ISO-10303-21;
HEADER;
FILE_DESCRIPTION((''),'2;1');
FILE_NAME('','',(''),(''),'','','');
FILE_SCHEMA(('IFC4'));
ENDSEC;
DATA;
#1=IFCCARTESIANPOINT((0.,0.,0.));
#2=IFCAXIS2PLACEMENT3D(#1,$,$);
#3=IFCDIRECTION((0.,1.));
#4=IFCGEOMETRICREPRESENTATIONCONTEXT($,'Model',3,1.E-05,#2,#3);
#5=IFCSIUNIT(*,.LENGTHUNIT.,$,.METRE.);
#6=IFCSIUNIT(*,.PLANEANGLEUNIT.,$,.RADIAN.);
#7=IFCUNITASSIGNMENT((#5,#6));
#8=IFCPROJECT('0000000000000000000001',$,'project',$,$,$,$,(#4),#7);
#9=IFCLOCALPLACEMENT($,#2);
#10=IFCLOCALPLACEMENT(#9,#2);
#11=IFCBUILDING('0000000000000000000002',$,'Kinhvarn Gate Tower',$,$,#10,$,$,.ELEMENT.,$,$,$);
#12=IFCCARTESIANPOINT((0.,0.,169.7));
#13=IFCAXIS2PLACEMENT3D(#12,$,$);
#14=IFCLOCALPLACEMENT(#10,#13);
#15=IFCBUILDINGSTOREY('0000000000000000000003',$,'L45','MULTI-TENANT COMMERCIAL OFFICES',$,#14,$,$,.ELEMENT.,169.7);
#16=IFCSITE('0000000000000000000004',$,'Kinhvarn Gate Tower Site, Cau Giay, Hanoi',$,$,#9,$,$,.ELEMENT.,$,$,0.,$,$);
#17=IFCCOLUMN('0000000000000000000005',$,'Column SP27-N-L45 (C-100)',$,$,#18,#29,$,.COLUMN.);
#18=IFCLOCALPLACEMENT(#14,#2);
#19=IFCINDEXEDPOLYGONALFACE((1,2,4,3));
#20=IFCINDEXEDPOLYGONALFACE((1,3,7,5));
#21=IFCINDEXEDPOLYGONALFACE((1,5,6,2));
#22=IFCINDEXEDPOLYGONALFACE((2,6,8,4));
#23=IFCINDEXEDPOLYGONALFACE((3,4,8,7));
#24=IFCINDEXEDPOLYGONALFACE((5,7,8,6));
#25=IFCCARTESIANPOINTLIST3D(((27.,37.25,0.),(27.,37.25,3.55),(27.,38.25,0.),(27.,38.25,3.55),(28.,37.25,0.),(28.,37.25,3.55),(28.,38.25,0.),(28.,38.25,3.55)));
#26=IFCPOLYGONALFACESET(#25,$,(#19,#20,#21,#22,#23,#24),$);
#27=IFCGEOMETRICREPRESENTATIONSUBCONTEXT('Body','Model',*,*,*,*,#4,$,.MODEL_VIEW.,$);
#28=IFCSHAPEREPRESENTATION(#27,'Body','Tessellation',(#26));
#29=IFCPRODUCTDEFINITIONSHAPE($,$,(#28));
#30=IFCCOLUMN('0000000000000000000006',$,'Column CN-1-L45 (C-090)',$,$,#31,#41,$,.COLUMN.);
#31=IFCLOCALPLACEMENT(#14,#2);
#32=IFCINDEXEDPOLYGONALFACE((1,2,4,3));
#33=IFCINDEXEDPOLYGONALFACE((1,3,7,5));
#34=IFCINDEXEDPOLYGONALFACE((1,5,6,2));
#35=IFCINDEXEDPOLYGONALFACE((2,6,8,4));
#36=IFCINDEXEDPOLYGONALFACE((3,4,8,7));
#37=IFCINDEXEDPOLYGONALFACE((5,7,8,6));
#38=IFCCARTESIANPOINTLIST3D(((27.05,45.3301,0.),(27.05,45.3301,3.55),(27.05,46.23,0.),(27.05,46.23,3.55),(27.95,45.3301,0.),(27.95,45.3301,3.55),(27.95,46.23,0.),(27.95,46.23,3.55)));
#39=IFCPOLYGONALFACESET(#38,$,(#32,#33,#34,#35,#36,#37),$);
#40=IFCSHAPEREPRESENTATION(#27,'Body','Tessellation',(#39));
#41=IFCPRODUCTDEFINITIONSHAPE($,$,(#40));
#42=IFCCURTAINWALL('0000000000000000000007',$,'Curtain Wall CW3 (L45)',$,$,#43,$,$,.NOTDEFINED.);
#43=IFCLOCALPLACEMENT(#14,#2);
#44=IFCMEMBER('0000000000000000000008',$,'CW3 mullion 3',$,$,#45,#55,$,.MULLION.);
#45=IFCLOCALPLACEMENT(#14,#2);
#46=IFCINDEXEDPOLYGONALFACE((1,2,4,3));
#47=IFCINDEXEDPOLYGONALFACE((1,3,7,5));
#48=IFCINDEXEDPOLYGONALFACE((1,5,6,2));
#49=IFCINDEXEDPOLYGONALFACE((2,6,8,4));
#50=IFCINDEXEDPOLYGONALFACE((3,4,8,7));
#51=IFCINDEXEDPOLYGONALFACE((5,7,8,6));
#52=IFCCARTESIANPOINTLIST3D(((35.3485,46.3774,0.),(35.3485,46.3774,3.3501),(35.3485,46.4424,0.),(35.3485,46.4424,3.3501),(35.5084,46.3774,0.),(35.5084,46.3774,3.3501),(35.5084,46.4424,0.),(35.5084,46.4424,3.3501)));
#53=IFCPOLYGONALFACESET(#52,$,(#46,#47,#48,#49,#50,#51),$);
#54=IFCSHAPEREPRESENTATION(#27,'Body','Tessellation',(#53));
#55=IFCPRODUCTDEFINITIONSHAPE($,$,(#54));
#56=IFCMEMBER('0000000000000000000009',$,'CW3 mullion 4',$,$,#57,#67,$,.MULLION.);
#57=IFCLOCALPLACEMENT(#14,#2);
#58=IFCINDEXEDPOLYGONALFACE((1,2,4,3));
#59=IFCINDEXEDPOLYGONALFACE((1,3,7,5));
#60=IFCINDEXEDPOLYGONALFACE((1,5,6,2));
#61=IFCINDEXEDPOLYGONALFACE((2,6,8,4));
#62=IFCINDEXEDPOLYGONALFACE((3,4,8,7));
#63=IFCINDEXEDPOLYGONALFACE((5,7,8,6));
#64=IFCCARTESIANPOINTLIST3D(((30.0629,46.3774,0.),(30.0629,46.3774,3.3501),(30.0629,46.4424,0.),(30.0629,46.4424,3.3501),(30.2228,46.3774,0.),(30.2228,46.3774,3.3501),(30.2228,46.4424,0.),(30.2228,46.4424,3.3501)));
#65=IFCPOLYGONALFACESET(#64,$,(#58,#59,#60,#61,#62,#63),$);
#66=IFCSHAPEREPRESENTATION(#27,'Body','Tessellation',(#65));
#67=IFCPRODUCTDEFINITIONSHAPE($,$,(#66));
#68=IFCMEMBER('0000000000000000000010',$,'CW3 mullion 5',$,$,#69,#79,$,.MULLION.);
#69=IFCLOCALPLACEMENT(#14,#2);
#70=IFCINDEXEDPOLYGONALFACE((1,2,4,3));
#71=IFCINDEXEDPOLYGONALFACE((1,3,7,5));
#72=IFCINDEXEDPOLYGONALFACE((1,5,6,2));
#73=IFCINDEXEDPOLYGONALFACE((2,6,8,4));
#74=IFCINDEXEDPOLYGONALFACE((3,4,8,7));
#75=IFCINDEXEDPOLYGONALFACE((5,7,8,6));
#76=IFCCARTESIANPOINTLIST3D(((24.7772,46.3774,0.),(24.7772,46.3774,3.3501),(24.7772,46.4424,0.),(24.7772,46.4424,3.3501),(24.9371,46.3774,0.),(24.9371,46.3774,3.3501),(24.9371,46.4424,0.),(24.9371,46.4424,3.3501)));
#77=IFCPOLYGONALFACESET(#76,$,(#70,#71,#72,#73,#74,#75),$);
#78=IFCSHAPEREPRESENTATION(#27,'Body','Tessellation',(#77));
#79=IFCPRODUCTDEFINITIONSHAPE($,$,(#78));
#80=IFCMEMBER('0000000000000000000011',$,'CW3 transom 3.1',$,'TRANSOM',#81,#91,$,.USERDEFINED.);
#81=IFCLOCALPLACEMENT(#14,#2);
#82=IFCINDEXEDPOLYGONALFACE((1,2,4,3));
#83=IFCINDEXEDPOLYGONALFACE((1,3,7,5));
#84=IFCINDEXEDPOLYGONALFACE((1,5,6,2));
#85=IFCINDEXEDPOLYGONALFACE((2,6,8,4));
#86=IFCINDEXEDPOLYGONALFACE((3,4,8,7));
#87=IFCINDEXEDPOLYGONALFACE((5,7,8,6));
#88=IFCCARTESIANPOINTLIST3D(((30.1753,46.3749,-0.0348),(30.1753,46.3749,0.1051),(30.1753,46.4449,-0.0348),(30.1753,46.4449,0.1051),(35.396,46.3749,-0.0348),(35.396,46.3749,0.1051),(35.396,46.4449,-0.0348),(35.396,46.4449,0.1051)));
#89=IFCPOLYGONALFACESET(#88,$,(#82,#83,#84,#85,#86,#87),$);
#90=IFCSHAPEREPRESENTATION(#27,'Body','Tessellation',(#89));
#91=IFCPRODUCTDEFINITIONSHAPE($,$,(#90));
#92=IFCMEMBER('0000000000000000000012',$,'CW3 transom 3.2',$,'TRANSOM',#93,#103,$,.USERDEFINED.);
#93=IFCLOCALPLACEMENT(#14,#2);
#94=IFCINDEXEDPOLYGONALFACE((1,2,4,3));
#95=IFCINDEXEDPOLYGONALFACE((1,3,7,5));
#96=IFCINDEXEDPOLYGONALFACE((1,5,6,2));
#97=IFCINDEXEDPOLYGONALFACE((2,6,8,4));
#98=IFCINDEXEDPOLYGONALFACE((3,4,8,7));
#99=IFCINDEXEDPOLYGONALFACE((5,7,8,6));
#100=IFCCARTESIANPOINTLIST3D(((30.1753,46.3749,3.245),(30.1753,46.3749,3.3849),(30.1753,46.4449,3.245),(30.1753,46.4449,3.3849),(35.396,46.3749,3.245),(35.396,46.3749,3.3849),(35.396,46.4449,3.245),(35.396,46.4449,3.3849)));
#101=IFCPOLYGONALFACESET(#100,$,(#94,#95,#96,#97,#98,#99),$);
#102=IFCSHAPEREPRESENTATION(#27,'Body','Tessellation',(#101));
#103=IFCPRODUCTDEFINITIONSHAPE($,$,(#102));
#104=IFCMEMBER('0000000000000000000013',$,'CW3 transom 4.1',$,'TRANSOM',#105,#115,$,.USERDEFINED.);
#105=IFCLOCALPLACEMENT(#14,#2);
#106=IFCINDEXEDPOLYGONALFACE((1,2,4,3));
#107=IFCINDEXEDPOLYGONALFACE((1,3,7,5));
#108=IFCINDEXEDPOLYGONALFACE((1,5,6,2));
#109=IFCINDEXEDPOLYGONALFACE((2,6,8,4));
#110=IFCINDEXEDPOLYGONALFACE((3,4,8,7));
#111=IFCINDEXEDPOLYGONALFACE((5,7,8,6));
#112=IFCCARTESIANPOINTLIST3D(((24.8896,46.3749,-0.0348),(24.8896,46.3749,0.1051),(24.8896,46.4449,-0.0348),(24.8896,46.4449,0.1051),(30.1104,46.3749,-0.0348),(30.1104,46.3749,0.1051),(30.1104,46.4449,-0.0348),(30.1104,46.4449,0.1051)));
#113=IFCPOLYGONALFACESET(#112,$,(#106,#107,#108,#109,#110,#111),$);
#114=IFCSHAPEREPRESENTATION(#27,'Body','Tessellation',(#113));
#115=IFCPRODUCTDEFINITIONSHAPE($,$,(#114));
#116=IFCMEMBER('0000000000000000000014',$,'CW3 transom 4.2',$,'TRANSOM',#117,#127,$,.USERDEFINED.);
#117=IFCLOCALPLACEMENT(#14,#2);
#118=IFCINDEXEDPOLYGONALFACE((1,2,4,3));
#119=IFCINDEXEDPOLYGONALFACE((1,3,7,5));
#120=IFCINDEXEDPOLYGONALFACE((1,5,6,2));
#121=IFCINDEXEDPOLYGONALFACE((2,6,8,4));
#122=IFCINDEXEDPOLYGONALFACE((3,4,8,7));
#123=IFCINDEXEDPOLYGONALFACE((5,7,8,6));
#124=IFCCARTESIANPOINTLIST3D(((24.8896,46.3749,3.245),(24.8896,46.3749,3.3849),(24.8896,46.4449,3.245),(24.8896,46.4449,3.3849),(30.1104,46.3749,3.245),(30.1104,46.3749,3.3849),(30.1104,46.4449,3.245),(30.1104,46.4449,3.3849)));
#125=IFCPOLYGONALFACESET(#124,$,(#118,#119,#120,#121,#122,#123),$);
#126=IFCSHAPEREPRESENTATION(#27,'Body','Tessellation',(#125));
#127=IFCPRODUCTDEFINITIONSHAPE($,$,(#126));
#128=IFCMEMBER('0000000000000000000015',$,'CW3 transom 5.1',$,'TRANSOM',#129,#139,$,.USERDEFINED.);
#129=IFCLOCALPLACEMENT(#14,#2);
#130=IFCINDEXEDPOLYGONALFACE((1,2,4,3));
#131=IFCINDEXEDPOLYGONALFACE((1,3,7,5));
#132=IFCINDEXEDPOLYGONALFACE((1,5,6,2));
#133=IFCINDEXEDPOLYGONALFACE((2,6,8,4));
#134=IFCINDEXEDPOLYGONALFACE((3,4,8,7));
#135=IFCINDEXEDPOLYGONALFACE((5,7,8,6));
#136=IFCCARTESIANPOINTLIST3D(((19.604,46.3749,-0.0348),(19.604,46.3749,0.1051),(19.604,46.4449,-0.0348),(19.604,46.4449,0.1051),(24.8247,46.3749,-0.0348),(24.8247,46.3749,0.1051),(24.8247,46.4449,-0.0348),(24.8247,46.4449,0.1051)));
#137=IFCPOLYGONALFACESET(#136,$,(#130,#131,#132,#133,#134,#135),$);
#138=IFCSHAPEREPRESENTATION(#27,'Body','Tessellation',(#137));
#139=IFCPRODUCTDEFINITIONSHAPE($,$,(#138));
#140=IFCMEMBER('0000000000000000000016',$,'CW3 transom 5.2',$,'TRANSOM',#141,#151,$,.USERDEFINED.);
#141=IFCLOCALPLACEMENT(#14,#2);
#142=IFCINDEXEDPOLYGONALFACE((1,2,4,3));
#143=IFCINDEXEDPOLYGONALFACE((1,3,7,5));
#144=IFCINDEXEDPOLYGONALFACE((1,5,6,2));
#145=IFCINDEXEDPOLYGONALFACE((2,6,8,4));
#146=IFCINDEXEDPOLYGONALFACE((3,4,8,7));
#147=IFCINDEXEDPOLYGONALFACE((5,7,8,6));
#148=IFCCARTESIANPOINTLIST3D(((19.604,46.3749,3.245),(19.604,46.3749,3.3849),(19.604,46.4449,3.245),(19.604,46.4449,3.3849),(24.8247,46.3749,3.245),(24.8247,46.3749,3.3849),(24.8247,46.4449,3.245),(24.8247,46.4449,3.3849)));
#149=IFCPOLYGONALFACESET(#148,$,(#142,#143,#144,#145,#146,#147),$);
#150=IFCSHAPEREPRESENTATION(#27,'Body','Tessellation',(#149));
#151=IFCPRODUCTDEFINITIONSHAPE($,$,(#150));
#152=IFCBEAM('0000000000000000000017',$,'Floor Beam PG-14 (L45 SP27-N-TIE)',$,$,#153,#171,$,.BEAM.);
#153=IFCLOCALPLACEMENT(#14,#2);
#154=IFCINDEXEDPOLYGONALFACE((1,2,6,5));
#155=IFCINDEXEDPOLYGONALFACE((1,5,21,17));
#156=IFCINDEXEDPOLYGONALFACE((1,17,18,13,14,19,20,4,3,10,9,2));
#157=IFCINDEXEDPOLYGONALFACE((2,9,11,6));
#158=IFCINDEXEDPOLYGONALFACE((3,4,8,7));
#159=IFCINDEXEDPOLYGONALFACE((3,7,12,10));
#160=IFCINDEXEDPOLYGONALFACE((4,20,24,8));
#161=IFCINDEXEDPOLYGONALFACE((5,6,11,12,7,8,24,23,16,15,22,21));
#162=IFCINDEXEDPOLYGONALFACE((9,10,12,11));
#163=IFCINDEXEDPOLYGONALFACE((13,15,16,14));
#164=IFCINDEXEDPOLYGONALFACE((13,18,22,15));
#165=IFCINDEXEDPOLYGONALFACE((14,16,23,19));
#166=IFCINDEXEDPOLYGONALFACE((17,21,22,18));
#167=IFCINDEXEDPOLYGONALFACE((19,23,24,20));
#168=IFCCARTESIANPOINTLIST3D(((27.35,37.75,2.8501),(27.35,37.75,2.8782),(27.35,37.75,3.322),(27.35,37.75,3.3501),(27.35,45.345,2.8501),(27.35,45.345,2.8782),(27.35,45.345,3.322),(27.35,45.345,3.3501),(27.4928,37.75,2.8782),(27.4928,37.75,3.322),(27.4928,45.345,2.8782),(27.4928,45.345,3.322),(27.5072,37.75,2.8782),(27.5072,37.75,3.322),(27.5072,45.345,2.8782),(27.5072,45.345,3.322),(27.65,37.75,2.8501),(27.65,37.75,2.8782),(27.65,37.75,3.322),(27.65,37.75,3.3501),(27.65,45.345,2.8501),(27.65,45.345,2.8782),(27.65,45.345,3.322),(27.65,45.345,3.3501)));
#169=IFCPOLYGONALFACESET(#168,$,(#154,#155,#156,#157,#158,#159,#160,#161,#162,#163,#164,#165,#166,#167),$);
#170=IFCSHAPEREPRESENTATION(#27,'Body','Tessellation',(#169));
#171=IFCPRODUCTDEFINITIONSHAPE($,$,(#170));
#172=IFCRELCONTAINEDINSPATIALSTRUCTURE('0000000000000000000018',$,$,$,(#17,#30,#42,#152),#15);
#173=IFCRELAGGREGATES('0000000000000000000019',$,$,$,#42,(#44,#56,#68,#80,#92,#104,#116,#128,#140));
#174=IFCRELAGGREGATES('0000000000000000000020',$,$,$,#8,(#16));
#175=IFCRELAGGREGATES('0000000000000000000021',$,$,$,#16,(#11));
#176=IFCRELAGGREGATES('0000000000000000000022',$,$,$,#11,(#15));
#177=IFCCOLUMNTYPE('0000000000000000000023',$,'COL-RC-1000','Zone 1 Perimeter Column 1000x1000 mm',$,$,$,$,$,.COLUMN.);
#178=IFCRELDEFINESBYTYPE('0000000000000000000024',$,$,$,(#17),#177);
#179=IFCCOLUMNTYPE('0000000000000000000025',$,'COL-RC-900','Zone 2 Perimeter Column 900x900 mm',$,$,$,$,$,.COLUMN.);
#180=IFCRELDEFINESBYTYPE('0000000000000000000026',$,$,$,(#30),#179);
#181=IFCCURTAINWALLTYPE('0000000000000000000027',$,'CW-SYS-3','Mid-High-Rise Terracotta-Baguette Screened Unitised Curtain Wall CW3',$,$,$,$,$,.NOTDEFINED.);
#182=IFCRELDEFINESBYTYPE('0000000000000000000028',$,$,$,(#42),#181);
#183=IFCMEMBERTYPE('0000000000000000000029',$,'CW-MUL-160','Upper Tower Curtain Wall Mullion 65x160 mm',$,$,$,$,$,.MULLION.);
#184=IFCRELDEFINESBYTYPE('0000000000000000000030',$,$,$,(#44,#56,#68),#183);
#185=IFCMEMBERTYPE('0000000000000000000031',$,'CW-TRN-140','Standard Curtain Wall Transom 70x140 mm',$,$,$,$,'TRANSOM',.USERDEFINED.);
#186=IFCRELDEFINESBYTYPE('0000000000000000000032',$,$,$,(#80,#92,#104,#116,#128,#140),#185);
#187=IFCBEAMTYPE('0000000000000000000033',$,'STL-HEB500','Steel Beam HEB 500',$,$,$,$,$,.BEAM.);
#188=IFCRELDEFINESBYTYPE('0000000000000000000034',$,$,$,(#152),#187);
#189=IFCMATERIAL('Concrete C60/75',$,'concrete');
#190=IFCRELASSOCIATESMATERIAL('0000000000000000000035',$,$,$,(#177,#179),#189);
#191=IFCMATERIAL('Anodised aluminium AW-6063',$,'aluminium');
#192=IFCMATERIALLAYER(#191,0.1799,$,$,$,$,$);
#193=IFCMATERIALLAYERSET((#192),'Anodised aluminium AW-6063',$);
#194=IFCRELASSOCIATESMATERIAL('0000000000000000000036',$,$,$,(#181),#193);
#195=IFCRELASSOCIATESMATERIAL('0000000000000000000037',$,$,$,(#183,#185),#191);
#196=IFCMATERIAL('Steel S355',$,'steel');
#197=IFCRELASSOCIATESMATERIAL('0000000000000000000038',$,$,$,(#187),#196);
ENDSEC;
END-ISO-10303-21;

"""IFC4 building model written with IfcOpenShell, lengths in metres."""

from ifc_helpers import new_model, si_unit, direction, frame, origin, origin_2d, place, context, subcontext, project, spatial, rectangle, i_section, extrude, material, layer, layer_set, material_profile, profile_set, type_object, element, aggregate, save


model = new_model("IFC4")

# Units and contexts
model_context = context("Model", 3, precision=1e-05, world=origin(), true_north=direction((0.0, 1.0)))
body_context = subcontext(model_context, "Body", "Model", "MODEL_VIEW")
ifc_project = project(units=[si_unit("LENGTHUNIT", "METRE"), si_unit("PLANEANGLEUNIT", "RADIAN")], contexts=[model_context])

# Site, building, storey
site_placement = place(None, origin())
site = spatial("IfcSite", under=ifc_project, at=site_placement, Name="Kinhvarn Gate Tower Site, Cau Giay, Hanoi", CompositionType="ELEMENT", RefElevation=0.0)
building_placement = place(site_placement, origin())
building = spatial("IfcBuilding", under=site, at=building_placement, Name="Kinhvarn Gate Tower", CompositionType="ELEMENT")
storey_placement = place(building_placement, frame((0.0, 0.0, 169.7)))
storey = spatial("IfcBuildingStorey", under=building, at=storey_placement, Name="L45", Description="MULTI-TENANT COMMERCIAL OFFICES", CompositionType="ELEMENT", Elevation=169.7)

# Columns
ifc_material_1 = material(Name="Concrete C60/75", Category="concrete")
ifc_material_profile_1 = material_profile(ifc_material_1, rectangle(XDim=1.0, YDim=1.0, at=origin_2d()), Name="RC 1000x1000")
ifc_profile_set_1 = profile_set([ifc_material_profile_1], Name="Concrete C60/75")
column_type_1 = type_object("IfcColumnType", Name="COL-RC-1000", Description="Zone 1 Perimeter Column 1000x1000 mm", PredefinedType="COLUMN", material=ifc_profile_set_1)
column_1_placement = place(storey_placement, frame((27.5, 37.75, 0.0), z_axis=(0.0, 0.0, 1.0), x_axis=(1.0, 0.0, 0.0)))
element("IfcColumn", 1, at=column_1_placement, inside=storey, type_object=column_type_1, Name="Column SP27-N-L45 (C-100)", PredefinedType="COLUMN", context=body_context, shape_type="SweptSolid", body=[
    extrude(rectangle(XDim=1.0, YDim=1.0, at=origin_2d()), origin(), (0.0, 0.0, 1.0), 3.55),
])
ifc_material_profile_2 = material_profile(ifc_material_1, rectangle(XDim=0.8999, YDim=0.8999, at=origin_2d()), Name="RC 900x900")
ifc_profile_set_2 = profile_set([ifc_material_profile_2], Name="Concrete C60/75")
column_type_2 = type_object("IfcColumnType", Name="COL-RC-900", Description="Zone 2 Perimeter Column 900x900 mm", PredefinedType="COLUMN", material=ifc_profile_set_2)
column_2_placement = place(storey_placement, frame((27.5, 45.78, 0.0), z_axis=(0.0, 0.0, 1.0), x_axis=(1.0, 0.0, 0.0)))
element("IfcColumn", 2, at=column_2_placement, inside=storey, type_object=column_type_2, Name="Column CN-1-L45 (C-090)", PredefinedType="COLUMN", context=body_context, shape_type="SweptSolid", body=[
    extrude(rectangle(XDim=0.8999, YDim=0.8999, at=origin_2d()), origin(), (0.0, 0.0, 1.0), 3.55),
])

# Curtain wall, members
ifc_material_2 = material(Name="Anodised aluminium AW-6063", Category="aluminium")
ifc_layer_1 = layer(ifc_material_2, 0.1799)
ifc_layer_set_1 = layer_set([ifc_layer_1], Name="Anodised aluminium AW-6063")
curtain_wall_type = type_object("IfcCurtainWallType", Name="CW-SYS-3", Description="Mid-High-Rise Terracotta-Baguette Screened Unitised Curtain Wall CW3", PredefinedType="NOTDEFINED", material=ifc_layer_set_1)
curtain_wall_placement = place(storey_placement, origin())
curtain_wall = element("IfcCurtainWall", 3, at=curtain_wall_placement, inside=storey, type_object=curtain_wall_type, Name="Curtain Wall CW3 (L45)", PredefinedType="NOTDEFINED")
ifc_material_profile_3 = material_profile(ifc_material_2, rectangle(XDim=0.0649, YDim=0.1599, at=origin_2d()), Name="ALU 65x160")
ifc_profile_set_3 = profile_set([ifc_material_profile_3], Name="Anodised aluminium AW-6063")
member_type_1 = type_object("IfcMemberType", Name="CW-MUL-160", Description="Upper Tower Curtain Wall Mullion 65x160 mm", PredefinedType="MULLION", material=ifc_profile_set_3)
member_1_placement = place(storey_placement, frame((35.4285, 46.4099, 0.0), z_axis=(0.0, 0.0, 1.0), x_axis=(0.0, -1.0, 0.0)))
member_1 = element("IfcMember", 4, at=member_1_placement, type_object=member_type_1, Name="CW3 mullion 3", PredefinedType="MULLION", context=body_context, shape_type="SweptSolid", body=[
    extrude(rectangle(XDim=0.0649, YDim=0.1599, at=origin_2d()), origin(), (0.0, 0.0, 1.0), 3.3501),
])
member_2_placement = place(storey_placement, frame((30.1428, 46.4099, 0.0), z_axis=(0.0, 0.0, 1.0), x_axis=(0.0, -1.0, 0.0)))
member_2 = element("IfcMember", 5, at=member_2_placement, type_object=member_type_1, Name="CW3 mullion 4", PredefinedType="MULLION", context=body_context, shape_type="SweptSolid", body=[
    extrude(rectangle(XDim=0.0649, YDim=0.1599, at=origin_2d()), origin(), (0.0, 0.0, 1.0), 3.3501),
])
member_3_placement = place(storey_placement, frame((24.8572, 46.4099, 0.0), z_axis=(0.0, 0.0, 1.0), x_axis=(0.0, -1.0, 0.0)))
member_3 = element("IfcMember", 6, at=member_3_placement, type_object=member_type_1, Name="CW3 mullion 5", PredefinedType="MULLION", context=body_context, shape_type="SweptSolid", body=[
    extrude(rectangle(XDim=0.0649, YDim=0.1599, at=origin_2d()), origin(), (0.0, 0.0, 1.0), 3.3501),
])
ifc_material_profile_4 = material_profile(ifc_material_2, rectangle(XDim=0.0701, YDim=0.1399, at=origin_2d()), Name="ALU 70x140")
ifc_profile_set_4 = profile_set([ifc_material_profile_4], Name="Anodised aluminium AW-6063")
member_type_2 = type_object("IfcMemberType", Name="CW-TRN-140", Description="Standard Curtain Wall Transom 70x140 mm", ElementType="TRANSOM", PredefinedType="USERDEFINED", material=ifc_profile_set_4)
member_4_placement = place(storey_placement, frame((35.396, 46.4099, 0.0352), z_axis=(-1.0, 0.0, 0.0), x_axis=(0.0, -1.0, 0.0)))
member_4 = element("IfcMember", 7, at=member_4_placement, type_object=member_type_2, Name="CW3 transom 3.1", ObjectType="TRANSOM", PredefinedType="USERDEFINED", context=body_context, shape_type="SweptSolid", body=[
    extrude(rectangle(XDim=0.0701, YDim=0.1399, at=origin_2d()), origin(), (0.0, 0.0, 1.0), 5.2207),
])
member_5_placement = place(storey_placement, frame((35.396, 46.4099, 3.3149), z_axis=(-1.0, 0.0, 0.0), x_axis=(0.0, -1.0, 0.0)))
member_5 = element("IfcMember", 8, at=member_5_placement, type_object=member_type_2, Name="CW3 transom 3.2", ObjectType="TRANSOM", PredefinedType="USERDEFINED", context=body_context, shape_type="SweptSolid", body=[
    extrude(rectangle(XDim=0.0701, YDim=0.1399, at=origin_2d()), origin(), (0.0, 0.0, 1.0), 5.2207),
])
member_6_placement = place(storey_placement, frame((30.1104, 46.4099, 0.0352), z_axis=(-1.0, 0.0, 0.0), x_axis=(0.0, -1.0, 0.0)))
member_6 = element("IfcMember", 9, at=member_6_placement, type_object=member_type_2, Name="CW3 transom 4.1", ObjectType="TRANSOM", PredefinedType="USERDEFINED", context=body_context, shape_type="SweptSolid", body=[
    extrude(rectangle(XDim=0.0701, YDim=0.1399, at=origin_2d()), origin(), (0.0, 0.0, 1.0), 5.2207),
])
member_7_placement = place(storey_placement, frame((30.1104, 46.4099, 3.3149), z_axis=(-1.0, 0.0, 0.0), x_axis=(0.0, -1.0, 0.0)))
member_7 = element("IfcMember", 10, at=member_7_placement, type_object=member_type_2, Name="CW3 transom 4.2", ObjectType="TRANSOM", PredefinedType="USERDEFINED", context=body_context, shape_type="SweptSolid", body=[
    extrude(rectangle(XDim=0.0701, YDim=0.1399, at=origin_2d()), origin(), (0.0, 0.0, 1.0), 5.2207),
])
member_8_placement = place(storey_placement, frame((24.8247, 46.4099, 0.0352), z_axis=(-1.0, 0.0, 0.0), x_axis=(0.0, -1.0, 0.0)))
member_8 = element("IfcMember", 11, at=member_8_placement, type_object=member_type_2, Name="CW3 transom 5.1", ObjectType="TRANSOM", PredefinedType="USERDEFINED", context=body_context, shape_type="SweptSolid", body=[
    extrude(rectangle(XDim=0.0701, YDim=0.1399, at=origin_2d()), origin(), (0.0, 0.0, 1.0), 5.2207),
])
member_9_placement = place(storey_placement, frame((24.8247, 46.4099, 3.3149), z_axis=(-1.0, 0.0, 0.0), x_axis=(0.0, -1.0, 0.0)))
member_9 = element("IfcMember", 12, at=member_9_placement, type_object=member_type_2, Name="CW3 transom 5.2", ObjectType="TRANSOM", PredefinedType="USERDEFINED", context=body_context, shape_type="SweptSolid", body=[
    extrude(rectangle(XDim=0.0701, YDim=0.1399, at=origin_2d()), origin(), (0.0, 0.0, 1.0), 5.2207),
])

# Beam
ifc_material_3 = material(Name="Steel S355", Category="steel")
ifc_material_profile_5 = material_profile(ifc_material_3, i_section(OverallWidth=0.3, OverallDepth=0.5, WebThickness=0.0144, FlangeThickness=0.0281, at=origin_2d()), Name="HEB 500")
ifc_profile_set_5 = profile_set([ifc_material_profile_5], Name="Steel S355")
beam_type_1 = type_object("IfcBeamType", Name="STL-HEB500", Description="Steel Beam HEB 500", PredefinedType="BEAM", material=ifc_profile_set_5)
beam_1_placement = place(storey_placement, frame((27.5, 37.75, 3.1001), z_axis=(0.0, 1.0, 0.0), x_axis=(-1.0, 0.0, 0.0)))
element("IfcBeam", 13, at=beam_1_placement, inside=storey, type_object=beam_type_1, Name="Floor Beam PG-14 (L45 SP27-N-TIE)", PredefinedType="BEAM", context=body_context, shape_type="SweptSolid", body=[
    extrude(i_section(OverallWidth=0.3, OverallDepth=0.5, WebThickness=0.0144, FlangeThickness=0.0281, at=origin_2d()), origin(), (0.0, 0.0, 1.0), 7.595),
])

aggregate(curtain_wall, [member_1, member_2, member_3, member_4, member_5, member_6, member_7, member_8, member_9])

save(model, "model.ifc")
